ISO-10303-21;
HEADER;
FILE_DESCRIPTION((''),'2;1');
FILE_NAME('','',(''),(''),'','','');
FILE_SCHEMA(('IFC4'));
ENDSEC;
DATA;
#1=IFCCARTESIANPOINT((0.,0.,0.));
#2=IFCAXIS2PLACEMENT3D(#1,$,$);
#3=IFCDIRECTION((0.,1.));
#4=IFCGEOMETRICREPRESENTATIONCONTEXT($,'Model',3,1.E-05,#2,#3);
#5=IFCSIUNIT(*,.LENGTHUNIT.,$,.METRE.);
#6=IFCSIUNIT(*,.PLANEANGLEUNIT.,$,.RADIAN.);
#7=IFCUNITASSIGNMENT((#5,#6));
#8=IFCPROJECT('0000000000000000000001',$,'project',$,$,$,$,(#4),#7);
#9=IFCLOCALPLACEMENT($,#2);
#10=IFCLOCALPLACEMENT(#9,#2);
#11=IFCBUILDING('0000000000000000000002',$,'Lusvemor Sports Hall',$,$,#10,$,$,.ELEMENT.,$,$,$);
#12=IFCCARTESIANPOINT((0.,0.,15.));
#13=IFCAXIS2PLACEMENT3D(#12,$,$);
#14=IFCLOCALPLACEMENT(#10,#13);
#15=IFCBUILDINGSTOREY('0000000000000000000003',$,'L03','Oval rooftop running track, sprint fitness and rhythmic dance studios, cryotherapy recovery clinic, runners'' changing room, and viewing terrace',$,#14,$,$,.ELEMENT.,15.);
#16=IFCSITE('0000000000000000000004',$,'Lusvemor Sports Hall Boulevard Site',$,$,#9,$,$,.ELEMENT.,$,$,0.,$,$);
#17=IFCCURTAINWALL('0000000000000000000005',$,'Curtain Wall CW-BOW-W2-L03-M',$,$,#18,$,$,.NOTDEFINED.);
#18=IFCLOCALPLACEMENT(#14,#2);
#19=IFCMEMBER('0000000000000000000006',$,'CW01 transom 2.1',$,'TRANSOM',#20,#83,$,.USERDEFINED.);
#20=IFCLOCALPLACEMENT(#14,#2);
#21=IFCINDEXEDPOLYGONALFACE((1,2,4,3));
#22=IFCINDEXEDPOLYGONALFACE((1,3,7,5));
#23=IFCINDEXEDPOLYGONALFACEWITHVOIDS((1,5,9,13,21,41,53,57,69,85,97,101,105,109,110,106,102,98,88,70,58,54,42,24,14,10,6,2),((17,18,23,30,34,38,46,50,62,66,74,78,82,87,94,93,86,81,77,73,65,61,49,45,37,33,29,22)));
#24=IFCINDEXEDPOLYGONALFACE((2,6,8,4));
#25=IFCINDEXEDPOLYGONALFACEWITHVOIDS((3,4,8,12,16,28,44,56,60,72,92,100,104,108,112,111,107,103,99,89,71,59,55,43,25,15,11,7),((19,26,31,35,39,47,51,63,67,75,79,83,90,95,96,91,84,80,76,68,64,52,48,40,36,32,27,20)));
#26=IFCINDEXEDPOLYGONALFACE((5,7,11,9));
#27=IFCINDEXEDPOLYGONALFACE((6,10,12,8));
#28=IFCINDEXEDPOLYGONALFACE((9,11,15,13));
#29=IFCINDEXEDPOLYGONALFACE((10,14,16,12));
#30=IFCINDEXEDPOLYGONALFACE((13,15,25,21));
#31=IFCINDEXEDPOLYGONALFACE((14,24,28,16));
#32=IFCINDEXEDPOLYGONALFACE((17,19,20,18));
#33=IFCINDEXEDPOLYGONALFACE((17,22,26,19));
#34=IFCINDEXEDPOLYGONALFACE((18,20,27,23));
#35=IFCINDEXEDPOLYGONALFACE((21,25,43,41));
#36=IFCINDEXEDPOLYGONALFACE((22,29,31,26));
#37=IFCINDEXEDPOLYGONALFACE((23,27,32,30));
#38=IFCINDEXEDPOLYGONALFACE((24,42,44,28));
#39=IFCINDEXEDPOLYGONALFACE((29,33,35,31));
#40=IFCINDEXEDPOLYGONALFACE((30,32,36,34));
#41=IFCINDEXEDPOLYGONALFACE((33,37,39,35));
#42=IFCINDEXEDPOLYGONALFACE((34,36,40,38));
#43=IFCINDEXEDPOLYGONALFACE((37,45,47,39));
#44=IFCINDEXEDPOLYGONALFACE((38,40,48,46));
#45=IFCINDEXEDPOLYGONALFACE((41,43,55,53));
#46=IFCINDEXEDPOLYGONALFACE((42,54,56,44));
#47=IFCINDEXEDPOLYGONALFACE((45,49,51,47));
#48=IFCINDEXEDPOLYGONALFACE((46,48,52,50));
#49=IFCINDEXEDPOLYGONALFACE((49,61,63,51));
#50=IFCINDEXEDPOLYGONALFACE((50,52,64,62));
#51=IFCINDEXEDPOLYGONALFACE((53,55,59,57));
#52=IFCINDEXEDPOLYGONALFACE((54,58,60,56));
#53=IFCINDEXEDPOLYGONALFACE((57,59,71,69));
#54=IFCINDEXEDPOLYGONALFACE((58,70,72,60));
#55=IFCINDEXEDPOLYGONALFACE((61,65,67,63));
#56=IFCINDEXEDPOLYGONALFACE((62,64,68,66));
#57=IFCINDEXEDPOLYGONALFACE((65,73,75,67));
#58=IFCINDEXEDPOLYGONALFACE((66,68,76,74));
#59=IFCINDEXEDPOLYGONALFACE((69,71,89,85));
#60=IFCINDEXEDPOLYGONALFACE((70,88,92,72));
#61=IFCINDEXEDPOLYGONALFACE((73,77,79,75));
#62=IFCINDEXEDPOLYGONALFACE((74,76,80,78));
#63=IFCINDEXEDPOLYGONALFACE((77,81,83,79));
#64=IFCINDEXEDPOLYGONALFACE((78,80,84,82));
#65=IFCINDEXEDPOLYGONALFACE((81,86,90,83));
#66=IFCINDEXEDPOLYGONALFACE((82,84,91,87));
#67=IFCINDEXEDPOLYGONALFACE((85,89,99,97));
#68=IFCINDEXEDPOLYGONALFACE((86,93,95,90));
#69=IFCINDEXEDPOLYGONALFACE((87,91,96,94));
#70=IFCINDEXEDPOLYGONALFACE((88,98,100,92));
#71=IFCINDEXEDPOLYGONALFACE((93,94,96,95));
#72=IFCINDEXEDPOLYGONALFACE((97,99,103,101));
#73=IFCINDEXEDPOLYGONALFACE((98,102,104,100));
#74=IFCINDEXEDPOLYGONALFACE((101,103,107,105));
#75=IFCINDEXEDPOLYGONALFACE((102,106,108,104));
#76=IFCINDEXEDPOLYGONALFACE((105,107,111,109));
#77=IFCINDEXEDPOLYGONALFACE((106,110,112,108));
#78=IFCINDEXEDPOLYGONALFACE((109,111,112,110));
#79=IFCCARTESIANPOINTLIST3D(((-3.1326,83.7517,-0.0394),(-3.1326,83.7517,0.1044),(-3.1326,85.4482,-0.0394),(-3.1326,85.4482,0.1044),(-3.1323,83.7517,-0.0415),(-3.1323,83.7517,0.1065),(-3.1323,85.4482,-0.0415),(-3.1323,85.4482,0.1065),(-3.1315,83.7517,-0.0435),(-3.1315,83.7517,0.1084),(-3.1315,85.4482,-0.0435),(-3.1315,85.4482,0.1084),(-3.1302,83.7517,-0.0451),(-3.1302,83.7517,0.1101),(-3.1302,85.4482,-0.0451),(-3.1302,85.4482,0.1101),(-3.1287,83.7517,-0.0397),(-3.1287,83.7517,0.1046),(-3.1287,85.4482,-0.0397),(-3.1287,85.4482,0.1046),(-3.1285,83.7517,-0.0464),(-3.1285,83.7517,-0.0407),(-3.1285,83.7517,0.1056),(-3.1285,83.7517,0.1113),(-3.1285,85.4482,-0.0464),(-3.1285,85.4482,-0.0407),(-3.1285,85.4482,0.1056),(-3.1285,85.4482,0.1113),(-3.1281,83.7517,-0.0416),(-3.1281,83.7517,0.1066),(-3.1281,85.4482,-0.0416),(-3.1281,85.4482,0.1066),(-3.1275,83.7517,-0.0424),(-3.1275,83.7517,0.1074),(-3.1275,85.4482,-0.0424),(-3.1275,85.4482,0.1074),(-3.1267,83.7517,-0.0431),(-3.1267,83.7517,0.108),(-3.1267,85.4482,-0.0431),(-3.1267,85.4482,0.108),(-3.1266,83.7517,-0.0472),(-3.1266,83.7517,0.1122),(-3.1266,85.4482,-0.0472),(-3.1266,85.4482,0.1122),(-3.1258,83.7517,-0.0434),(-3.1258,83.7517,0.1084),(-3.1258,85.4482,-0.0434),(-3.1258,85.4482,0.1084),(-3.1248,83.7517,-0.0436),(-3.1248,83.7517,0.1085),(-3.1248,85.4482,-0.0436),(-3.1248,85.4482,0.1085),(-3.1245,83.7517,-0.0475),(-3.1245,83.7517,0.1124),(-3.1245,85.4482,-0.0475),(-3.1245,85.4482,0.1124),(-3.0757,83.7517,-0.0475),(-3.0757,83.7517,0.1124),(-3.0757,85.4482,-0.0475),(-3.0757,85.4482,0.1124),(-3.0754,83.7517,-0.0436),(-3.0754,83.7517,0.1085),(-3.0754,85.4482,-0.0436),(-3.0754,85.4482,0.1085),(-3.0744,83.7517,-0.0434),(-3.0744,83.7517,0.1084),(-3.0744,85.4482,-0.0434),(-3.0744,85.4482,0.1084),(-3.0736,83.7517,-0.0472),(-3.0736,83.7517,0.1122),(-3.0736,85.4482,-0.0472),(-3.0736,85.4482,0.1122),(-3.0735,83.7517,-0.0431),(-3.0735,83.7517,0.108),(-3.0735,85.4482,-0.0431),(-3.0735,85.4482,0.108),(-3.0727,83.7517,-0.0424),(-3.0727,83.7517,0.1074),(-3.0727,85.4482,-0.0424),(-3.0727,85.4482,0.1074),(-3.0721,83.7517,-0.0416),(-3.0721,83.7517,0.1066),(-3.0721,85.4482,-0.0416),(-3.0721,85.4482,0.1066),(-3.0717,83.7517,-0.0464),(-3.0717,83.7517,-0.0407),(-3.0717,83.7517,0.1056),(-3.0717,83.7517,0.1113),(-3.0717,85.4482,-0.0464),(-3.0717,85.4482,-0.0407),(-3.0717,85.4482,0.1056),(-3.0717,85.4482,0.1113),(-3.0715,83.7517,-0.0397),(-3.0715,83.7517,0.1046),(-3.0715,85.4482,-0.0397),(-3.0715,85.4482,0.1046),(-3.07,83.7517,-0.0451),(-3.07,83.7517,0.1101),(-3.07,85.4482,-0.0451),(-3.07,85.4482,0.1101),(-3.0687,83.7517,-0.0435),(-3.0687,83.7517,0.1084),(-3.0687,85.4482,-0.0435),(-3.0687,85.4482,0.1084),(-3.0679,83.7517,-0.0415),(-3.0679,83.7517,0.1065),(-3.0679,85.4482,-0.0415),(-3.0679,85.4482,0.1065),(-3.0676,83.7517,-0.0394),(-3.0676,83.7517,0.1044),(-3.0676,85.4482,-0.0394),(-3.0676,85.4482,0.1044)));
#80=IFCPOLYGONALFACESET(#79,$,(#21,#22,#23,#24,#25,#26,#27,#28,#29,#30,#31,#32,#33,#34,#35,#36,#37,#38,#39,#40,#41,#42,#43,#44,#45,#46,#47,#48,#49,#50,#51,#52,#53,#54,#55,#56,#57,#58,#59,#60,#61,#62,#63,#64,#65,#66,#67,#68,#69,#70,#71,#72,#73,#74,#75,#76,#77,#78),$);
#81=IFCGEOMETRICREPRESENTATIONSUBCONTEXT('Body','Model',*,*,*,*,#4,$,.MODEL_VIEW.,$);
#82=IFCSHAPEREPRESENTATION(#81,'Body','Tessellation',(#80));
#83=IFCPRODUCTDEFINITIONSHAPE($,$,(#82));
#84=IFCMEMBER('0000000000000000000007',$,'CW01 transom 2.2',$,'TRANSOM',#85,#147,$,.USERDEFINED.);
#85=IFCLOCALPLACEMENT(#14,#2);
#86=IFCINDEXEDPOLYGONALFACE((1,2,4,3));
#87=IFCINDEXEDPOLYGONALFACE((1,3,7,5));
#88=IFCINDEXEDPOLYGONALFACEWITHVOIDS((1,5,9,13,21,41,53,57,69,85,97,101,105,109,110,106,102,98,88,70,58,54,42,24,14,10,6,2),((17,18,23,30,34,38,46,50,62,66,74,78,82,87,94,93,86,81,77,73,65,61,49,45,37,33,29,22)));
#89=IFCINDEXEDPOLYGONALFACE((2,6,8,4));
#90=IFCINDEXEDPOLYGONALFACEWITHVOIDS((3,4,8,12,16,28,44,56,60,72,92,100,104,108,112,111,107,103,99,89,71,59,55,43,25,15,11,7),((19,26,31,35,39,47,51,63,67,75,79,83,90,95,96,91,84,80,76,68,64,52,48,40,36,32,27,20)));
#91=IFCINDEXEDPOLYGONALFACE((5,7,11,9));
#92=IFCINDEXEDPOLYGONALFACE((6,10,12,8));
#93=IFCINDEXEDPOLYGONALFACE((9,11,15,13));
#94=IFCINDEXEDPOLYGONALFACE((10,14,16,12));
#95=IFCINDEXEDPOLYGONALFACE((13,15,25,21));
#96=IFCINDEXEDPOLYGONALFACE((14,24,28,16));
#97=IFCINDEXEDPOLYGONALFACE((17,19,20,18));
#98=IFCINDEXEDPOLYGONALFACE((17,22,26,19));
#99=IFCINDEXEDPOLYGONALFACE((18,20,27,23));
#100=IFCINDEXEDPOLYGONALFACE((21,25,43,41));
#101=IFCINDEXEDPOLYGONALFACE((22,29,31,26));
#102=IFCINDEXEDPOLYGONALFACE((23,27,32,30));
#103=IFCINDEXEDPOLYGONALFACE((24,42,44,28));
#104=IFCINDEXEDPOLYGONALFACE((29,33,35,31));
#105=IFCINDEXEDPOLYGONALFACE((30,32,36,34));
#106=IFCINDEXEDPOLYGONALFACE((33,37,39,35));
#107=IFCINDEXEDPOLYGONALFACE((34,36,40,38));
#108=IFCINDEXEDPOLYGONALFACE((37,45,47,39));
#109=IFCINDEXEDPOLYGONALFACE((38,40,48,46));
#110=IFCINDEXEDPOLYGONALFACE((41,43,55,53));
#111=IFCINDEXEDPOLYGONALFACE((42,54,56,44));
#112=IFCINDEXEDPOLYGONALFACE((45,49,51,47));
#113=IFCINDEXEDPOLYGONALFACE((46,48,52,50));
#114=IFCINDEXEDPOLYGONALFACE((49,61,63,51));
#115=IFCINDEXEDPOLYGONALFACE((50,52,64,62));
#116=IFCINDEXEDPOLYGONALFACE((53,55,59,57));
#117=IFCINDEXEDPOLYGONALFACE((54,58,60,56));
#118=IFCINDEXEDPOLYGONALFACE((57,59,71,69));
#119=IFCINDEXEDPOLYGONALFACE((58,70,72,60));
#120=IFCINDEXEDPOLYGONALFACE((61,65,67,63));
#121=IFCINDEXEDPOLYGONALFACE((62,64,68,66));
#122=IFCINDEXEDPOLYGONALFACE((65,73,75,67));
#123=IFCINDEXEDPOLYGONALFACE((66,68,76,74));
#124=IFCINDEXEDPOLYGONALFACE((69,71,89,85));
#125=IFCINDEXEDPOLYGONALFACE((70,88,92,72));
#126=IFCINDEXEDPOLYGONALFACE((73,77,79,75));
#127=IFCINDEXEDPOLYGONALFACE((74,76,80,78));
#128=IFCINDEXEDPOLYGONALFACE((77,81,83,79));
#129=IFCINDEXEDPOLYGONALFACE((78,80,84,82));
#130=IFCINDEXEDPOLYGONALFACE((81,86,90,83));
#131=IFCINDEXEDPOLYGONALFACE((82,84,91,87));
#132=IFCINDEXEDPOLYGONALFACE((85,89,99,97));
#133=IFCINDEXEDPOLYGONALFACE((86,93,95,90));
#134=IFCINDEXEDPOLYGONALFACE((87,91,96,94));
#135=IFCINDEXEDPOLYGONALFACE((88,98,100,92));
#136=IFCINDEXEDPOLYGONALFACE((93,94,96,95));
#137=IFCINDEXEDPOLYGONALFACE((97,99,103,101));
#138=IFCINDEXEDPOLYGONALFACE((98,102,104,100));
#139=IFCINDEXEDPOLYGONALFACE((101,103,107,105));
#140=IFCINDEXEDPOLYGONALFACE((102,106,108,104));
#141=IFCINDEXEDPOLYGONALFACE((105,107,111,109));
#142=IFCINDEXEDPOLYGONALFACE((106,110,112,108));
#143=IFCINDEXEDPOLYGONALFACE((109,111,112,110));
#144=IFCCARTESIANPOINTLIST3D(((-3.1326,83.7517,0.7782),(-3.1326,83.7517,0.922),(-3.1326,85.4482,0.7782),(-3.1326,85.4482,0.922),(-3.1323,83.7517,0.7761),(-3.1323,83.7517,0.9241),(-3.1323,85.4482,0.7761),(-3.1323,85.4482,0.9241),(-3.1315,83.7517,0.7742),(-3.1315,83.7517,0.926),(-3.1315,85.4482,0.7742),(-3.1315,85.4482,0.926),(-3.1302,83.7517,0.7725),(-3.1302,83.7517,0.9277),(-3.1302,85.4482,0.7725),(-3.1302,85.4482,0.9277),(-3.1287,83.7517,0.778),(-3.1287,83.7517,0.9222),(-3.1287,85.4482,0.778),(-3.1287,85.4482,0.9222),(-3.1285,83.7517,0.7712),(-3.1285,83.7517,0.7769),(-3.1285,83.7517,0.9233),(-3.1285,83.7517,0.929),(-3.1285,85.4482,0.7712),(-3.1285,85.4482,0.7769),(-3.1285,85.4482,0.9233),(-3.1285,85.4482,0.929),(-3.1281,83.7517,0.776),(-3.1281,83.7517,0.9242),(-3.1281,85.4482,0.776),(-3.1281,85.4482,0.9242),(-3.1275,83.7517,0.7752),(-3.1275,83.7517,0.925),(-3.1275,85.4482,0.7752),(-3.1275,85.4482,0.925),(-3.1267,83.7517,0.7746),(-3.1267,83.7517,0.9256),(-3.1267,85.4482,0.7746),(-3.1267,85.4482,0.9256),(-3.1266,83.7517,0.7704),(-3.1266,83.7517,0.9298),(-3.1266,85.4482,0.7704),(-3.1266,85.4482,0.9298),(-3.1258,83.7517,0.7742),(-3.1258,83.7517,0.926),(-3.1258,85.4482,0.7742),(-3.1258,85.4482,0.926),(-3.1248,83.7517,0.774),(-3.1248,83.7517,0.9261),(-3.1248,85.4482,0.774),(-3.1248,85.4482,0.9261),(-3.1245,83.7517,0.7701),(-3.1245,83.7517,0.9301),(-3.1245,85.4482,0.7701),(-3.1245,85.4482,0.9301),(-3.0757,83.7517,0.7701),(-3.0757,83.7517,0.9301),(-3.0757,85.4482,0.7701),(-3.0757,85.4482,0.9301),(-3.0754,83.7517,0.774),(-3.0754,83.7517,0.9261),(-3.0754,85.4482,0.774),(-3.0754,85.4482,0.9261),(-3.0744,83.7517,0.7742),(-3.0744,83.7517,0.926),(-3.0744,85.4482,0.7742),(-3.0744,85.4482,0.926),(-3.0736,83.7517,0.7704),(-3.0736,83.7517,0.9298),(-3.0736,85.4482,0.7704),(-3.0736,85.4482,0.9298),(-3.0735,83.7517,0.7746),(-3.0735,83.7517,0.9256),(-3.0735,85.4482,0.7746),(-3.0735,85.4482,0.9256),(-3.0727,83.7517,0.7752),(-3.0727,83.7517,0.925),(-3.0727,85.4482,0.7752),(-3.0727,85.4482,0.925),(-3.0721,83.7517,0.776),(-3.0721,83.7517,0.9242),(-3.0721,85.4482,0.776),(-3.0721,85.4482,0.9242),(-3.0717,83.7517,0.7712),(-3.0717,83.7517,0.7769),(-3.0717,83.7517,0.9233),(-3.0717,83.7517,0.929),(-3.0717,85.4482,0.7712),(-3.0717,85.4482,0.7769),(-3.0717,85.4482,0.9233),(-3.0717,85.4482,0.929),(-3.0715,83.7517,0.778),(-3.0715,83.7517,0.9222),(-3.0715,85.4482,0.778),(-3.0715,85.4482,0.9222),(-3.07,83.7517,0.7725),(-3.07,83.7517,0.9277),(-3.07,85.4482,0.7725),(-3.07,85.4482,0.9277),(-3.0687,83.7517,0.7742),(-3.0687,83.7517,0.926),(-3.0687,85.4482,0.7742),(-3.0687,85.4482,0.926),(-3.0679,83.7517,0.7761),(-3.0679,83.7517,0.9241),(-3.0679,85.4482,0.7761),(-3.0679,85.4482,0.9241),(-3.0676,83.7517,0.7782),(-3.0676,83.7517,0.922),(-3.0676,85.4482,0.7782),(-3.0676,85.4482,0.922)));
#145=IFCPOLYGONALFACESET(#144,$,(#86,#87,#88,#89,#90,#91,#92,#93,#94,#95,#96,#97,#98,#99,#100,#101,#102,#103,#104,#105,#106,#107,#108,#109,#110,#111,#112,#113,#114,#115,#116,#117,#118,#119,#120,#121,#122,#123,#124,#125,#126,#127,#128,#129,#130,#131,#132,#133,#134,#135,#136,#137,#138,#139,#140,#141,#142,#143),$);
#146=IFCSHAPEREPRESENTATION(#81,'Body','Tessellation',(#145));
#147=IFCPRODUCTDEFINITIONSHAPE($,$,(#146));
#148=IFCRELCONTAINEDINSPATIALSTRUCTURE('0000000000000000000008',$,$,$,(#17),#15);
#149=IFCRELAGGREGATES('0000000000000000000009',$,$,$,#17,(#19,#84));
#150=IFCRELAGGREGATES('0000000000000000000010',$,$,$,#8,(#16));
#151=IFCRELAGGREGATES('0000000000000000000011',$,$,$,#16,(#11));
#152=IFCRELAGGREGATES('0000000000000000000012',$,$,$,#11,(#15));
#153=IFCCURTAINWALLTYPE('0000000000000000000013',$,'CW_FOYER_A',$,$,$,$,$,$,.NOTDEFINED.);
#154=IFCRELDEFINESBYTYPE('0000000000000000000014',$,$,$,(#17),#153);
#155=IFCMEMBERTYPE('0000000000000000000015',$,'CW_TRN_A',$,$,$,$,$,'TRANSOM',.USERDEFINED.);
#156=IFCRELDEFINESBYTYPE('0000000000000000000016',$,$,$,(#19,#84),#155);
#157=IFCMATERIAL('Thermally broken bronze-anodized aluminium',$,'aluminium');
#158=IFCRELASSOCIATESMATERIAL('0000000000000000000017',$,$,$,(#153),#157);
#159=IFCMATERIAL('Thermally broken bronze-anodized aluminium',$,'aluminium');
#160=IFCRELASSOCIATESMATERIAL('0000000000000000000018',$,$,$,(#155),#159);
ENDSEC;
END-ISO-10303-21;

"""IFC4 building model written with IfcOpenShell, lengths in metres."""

from ifc_helpers import new_model, si_unit, direction, frame, origin, origin_2d, place, context, subcontext, project, spatial, hollow_rectangle, extrude, material, material_profile, profile_set, type_object, element, aggregate, save


model = new_model("IFC4")

# Units and contexts
model_context = context("Model", 3, precision=1e-05, world=origin(), true_north=direction((0.0, 1.0)))
body_context = subcontext(model_context, "Body", "Model", "MODEL_VIEW")
ifc_project = project(units=[si_unit("LENGTHUNIT", "METRE"), si_unit("PLANEANGLEUNIT", "RADIAN")], contexts=[model_context])

# Site, building, storey
site_placement = place(None, origin())
site = spatial("IfcSite", under=ifc_project, at=site_placement, Name="Lusvemor Sports Hall Boulevard Site", CompositionType="ELEMENT", RefElevation=0.0)
building_placement = place(site_placement, origin())
building = spatial("IfcBuilding", under=site, at=building_placement, Name="Lusvemor Sports Hall", CompositionType="ELEMENT")
storey_placement = place(building_placement, frame((0.0, 0.0, 15.0)))
storey = spatial("IfcBuildingStorey", under=building, at=storey_placement, Name="L03", Description="Oval rooftop running track, sprint fitness and rhythmic dance studios, cryotherapy recovery clinic, runners' changing room, and viewing terrace", CompositionType="ELEMENT", Elevation=15.0)

# Curtain wall
ifc_material_1 = material(Name="Thermally broken bronze-anodized aluminium", Category="aluminium")
curtain_wall_type_1 = type_object("IfcCurtainWallType", Name="CW_FOYER_A", PredefinedType="NOTDEFINED", material=ifc_material_1)
curtain_wall_1_placement = place(storey_placement, origin())
curtain_wall_1 = element("IfcCurtainWall", 1, at=curtain_wall_1_placement, inside=storey, type_object=curtain_wall_type_1, Name="Curtain Wall CW-BOW-W2-L03-M", PredefinedType="NOTDEFINED")

# Members
ifc_material_2 = material(Name="Thermally broken bronze-anodized aluminium", Category="aluminium")
ifc_material_profile_1 = material_profile(ifc_material_2, hollow_rectangle(XDim=0.0649, YDim=0.1599, WallThickness=0.0039, InnerFilletRadius=0.0039, OuterFilletRadius=0.0081, at=origin_2d()), Name="CWTRN160x65x4")
ifc_profile_set_1 = profile_set([ifc_material_profile_1], Name="Thermally broken bronze-anodized aluminium")
member_type_1 = type_object("IfcMemberType", Name="CW_TRN_A", ElementType="TRANSOM", PredefinedType="USERDEFINED", material=ifc_profile_set_1)
member_1_placement = place(storey_placement, frame((-3.1001, 83.7517, 0.0325), z_axis=(0.0, 1.0, 0.0), x_axis=(-1.0, 0.0, 0.0)))
member_1 = element("IfcMember", 2, at=member_1_placement, type_object=member_type_1, Name="CW01 transom 2.1", ObjectType="TRANSOM", PredefinedType="USERDEFINED", context=body_context, shape_type="SweptSolid", body=[
    extrude(hollow_rectangle(XDim=0.0649, YDim=0.1599, WallThickness=0.0039, InnerFilletRadius=0.0039, OuterFilletRadius=0.0081, at=origin_2d()), origin(), (0.0, 0.0, 1.0), 1.6965),
])
member_2_placement = place(storey_placement, frame((-3.1001, 83.7517, 0.8501), z_axis=(0.0, 1.0, 0.0), x_axis=(-1.0, 0.0, 0.0)))
member_2 = element("IfcMember", 3, at=member_2_placement, type_object=member_type_1, Name="CW01 transom 2.2", ObjectType="TRANSOM", PredefinedType="USERDEFINED", context=body_context, shape_type="SweptSolid", body=[
    extrude(hollow_rectangle(XDim=0.0649, YDim=0.1599, WallThickness=0.0039, InnerFilletRadius=0.0039, OuterFilletRadius=0.0081, at=origin_2d()), origin(), (0.0, 0.0, 1.0), 1.6965),
])

aggregate(curtain_wall_1, [member_1, member_2])

save(model, "model.ifc")
